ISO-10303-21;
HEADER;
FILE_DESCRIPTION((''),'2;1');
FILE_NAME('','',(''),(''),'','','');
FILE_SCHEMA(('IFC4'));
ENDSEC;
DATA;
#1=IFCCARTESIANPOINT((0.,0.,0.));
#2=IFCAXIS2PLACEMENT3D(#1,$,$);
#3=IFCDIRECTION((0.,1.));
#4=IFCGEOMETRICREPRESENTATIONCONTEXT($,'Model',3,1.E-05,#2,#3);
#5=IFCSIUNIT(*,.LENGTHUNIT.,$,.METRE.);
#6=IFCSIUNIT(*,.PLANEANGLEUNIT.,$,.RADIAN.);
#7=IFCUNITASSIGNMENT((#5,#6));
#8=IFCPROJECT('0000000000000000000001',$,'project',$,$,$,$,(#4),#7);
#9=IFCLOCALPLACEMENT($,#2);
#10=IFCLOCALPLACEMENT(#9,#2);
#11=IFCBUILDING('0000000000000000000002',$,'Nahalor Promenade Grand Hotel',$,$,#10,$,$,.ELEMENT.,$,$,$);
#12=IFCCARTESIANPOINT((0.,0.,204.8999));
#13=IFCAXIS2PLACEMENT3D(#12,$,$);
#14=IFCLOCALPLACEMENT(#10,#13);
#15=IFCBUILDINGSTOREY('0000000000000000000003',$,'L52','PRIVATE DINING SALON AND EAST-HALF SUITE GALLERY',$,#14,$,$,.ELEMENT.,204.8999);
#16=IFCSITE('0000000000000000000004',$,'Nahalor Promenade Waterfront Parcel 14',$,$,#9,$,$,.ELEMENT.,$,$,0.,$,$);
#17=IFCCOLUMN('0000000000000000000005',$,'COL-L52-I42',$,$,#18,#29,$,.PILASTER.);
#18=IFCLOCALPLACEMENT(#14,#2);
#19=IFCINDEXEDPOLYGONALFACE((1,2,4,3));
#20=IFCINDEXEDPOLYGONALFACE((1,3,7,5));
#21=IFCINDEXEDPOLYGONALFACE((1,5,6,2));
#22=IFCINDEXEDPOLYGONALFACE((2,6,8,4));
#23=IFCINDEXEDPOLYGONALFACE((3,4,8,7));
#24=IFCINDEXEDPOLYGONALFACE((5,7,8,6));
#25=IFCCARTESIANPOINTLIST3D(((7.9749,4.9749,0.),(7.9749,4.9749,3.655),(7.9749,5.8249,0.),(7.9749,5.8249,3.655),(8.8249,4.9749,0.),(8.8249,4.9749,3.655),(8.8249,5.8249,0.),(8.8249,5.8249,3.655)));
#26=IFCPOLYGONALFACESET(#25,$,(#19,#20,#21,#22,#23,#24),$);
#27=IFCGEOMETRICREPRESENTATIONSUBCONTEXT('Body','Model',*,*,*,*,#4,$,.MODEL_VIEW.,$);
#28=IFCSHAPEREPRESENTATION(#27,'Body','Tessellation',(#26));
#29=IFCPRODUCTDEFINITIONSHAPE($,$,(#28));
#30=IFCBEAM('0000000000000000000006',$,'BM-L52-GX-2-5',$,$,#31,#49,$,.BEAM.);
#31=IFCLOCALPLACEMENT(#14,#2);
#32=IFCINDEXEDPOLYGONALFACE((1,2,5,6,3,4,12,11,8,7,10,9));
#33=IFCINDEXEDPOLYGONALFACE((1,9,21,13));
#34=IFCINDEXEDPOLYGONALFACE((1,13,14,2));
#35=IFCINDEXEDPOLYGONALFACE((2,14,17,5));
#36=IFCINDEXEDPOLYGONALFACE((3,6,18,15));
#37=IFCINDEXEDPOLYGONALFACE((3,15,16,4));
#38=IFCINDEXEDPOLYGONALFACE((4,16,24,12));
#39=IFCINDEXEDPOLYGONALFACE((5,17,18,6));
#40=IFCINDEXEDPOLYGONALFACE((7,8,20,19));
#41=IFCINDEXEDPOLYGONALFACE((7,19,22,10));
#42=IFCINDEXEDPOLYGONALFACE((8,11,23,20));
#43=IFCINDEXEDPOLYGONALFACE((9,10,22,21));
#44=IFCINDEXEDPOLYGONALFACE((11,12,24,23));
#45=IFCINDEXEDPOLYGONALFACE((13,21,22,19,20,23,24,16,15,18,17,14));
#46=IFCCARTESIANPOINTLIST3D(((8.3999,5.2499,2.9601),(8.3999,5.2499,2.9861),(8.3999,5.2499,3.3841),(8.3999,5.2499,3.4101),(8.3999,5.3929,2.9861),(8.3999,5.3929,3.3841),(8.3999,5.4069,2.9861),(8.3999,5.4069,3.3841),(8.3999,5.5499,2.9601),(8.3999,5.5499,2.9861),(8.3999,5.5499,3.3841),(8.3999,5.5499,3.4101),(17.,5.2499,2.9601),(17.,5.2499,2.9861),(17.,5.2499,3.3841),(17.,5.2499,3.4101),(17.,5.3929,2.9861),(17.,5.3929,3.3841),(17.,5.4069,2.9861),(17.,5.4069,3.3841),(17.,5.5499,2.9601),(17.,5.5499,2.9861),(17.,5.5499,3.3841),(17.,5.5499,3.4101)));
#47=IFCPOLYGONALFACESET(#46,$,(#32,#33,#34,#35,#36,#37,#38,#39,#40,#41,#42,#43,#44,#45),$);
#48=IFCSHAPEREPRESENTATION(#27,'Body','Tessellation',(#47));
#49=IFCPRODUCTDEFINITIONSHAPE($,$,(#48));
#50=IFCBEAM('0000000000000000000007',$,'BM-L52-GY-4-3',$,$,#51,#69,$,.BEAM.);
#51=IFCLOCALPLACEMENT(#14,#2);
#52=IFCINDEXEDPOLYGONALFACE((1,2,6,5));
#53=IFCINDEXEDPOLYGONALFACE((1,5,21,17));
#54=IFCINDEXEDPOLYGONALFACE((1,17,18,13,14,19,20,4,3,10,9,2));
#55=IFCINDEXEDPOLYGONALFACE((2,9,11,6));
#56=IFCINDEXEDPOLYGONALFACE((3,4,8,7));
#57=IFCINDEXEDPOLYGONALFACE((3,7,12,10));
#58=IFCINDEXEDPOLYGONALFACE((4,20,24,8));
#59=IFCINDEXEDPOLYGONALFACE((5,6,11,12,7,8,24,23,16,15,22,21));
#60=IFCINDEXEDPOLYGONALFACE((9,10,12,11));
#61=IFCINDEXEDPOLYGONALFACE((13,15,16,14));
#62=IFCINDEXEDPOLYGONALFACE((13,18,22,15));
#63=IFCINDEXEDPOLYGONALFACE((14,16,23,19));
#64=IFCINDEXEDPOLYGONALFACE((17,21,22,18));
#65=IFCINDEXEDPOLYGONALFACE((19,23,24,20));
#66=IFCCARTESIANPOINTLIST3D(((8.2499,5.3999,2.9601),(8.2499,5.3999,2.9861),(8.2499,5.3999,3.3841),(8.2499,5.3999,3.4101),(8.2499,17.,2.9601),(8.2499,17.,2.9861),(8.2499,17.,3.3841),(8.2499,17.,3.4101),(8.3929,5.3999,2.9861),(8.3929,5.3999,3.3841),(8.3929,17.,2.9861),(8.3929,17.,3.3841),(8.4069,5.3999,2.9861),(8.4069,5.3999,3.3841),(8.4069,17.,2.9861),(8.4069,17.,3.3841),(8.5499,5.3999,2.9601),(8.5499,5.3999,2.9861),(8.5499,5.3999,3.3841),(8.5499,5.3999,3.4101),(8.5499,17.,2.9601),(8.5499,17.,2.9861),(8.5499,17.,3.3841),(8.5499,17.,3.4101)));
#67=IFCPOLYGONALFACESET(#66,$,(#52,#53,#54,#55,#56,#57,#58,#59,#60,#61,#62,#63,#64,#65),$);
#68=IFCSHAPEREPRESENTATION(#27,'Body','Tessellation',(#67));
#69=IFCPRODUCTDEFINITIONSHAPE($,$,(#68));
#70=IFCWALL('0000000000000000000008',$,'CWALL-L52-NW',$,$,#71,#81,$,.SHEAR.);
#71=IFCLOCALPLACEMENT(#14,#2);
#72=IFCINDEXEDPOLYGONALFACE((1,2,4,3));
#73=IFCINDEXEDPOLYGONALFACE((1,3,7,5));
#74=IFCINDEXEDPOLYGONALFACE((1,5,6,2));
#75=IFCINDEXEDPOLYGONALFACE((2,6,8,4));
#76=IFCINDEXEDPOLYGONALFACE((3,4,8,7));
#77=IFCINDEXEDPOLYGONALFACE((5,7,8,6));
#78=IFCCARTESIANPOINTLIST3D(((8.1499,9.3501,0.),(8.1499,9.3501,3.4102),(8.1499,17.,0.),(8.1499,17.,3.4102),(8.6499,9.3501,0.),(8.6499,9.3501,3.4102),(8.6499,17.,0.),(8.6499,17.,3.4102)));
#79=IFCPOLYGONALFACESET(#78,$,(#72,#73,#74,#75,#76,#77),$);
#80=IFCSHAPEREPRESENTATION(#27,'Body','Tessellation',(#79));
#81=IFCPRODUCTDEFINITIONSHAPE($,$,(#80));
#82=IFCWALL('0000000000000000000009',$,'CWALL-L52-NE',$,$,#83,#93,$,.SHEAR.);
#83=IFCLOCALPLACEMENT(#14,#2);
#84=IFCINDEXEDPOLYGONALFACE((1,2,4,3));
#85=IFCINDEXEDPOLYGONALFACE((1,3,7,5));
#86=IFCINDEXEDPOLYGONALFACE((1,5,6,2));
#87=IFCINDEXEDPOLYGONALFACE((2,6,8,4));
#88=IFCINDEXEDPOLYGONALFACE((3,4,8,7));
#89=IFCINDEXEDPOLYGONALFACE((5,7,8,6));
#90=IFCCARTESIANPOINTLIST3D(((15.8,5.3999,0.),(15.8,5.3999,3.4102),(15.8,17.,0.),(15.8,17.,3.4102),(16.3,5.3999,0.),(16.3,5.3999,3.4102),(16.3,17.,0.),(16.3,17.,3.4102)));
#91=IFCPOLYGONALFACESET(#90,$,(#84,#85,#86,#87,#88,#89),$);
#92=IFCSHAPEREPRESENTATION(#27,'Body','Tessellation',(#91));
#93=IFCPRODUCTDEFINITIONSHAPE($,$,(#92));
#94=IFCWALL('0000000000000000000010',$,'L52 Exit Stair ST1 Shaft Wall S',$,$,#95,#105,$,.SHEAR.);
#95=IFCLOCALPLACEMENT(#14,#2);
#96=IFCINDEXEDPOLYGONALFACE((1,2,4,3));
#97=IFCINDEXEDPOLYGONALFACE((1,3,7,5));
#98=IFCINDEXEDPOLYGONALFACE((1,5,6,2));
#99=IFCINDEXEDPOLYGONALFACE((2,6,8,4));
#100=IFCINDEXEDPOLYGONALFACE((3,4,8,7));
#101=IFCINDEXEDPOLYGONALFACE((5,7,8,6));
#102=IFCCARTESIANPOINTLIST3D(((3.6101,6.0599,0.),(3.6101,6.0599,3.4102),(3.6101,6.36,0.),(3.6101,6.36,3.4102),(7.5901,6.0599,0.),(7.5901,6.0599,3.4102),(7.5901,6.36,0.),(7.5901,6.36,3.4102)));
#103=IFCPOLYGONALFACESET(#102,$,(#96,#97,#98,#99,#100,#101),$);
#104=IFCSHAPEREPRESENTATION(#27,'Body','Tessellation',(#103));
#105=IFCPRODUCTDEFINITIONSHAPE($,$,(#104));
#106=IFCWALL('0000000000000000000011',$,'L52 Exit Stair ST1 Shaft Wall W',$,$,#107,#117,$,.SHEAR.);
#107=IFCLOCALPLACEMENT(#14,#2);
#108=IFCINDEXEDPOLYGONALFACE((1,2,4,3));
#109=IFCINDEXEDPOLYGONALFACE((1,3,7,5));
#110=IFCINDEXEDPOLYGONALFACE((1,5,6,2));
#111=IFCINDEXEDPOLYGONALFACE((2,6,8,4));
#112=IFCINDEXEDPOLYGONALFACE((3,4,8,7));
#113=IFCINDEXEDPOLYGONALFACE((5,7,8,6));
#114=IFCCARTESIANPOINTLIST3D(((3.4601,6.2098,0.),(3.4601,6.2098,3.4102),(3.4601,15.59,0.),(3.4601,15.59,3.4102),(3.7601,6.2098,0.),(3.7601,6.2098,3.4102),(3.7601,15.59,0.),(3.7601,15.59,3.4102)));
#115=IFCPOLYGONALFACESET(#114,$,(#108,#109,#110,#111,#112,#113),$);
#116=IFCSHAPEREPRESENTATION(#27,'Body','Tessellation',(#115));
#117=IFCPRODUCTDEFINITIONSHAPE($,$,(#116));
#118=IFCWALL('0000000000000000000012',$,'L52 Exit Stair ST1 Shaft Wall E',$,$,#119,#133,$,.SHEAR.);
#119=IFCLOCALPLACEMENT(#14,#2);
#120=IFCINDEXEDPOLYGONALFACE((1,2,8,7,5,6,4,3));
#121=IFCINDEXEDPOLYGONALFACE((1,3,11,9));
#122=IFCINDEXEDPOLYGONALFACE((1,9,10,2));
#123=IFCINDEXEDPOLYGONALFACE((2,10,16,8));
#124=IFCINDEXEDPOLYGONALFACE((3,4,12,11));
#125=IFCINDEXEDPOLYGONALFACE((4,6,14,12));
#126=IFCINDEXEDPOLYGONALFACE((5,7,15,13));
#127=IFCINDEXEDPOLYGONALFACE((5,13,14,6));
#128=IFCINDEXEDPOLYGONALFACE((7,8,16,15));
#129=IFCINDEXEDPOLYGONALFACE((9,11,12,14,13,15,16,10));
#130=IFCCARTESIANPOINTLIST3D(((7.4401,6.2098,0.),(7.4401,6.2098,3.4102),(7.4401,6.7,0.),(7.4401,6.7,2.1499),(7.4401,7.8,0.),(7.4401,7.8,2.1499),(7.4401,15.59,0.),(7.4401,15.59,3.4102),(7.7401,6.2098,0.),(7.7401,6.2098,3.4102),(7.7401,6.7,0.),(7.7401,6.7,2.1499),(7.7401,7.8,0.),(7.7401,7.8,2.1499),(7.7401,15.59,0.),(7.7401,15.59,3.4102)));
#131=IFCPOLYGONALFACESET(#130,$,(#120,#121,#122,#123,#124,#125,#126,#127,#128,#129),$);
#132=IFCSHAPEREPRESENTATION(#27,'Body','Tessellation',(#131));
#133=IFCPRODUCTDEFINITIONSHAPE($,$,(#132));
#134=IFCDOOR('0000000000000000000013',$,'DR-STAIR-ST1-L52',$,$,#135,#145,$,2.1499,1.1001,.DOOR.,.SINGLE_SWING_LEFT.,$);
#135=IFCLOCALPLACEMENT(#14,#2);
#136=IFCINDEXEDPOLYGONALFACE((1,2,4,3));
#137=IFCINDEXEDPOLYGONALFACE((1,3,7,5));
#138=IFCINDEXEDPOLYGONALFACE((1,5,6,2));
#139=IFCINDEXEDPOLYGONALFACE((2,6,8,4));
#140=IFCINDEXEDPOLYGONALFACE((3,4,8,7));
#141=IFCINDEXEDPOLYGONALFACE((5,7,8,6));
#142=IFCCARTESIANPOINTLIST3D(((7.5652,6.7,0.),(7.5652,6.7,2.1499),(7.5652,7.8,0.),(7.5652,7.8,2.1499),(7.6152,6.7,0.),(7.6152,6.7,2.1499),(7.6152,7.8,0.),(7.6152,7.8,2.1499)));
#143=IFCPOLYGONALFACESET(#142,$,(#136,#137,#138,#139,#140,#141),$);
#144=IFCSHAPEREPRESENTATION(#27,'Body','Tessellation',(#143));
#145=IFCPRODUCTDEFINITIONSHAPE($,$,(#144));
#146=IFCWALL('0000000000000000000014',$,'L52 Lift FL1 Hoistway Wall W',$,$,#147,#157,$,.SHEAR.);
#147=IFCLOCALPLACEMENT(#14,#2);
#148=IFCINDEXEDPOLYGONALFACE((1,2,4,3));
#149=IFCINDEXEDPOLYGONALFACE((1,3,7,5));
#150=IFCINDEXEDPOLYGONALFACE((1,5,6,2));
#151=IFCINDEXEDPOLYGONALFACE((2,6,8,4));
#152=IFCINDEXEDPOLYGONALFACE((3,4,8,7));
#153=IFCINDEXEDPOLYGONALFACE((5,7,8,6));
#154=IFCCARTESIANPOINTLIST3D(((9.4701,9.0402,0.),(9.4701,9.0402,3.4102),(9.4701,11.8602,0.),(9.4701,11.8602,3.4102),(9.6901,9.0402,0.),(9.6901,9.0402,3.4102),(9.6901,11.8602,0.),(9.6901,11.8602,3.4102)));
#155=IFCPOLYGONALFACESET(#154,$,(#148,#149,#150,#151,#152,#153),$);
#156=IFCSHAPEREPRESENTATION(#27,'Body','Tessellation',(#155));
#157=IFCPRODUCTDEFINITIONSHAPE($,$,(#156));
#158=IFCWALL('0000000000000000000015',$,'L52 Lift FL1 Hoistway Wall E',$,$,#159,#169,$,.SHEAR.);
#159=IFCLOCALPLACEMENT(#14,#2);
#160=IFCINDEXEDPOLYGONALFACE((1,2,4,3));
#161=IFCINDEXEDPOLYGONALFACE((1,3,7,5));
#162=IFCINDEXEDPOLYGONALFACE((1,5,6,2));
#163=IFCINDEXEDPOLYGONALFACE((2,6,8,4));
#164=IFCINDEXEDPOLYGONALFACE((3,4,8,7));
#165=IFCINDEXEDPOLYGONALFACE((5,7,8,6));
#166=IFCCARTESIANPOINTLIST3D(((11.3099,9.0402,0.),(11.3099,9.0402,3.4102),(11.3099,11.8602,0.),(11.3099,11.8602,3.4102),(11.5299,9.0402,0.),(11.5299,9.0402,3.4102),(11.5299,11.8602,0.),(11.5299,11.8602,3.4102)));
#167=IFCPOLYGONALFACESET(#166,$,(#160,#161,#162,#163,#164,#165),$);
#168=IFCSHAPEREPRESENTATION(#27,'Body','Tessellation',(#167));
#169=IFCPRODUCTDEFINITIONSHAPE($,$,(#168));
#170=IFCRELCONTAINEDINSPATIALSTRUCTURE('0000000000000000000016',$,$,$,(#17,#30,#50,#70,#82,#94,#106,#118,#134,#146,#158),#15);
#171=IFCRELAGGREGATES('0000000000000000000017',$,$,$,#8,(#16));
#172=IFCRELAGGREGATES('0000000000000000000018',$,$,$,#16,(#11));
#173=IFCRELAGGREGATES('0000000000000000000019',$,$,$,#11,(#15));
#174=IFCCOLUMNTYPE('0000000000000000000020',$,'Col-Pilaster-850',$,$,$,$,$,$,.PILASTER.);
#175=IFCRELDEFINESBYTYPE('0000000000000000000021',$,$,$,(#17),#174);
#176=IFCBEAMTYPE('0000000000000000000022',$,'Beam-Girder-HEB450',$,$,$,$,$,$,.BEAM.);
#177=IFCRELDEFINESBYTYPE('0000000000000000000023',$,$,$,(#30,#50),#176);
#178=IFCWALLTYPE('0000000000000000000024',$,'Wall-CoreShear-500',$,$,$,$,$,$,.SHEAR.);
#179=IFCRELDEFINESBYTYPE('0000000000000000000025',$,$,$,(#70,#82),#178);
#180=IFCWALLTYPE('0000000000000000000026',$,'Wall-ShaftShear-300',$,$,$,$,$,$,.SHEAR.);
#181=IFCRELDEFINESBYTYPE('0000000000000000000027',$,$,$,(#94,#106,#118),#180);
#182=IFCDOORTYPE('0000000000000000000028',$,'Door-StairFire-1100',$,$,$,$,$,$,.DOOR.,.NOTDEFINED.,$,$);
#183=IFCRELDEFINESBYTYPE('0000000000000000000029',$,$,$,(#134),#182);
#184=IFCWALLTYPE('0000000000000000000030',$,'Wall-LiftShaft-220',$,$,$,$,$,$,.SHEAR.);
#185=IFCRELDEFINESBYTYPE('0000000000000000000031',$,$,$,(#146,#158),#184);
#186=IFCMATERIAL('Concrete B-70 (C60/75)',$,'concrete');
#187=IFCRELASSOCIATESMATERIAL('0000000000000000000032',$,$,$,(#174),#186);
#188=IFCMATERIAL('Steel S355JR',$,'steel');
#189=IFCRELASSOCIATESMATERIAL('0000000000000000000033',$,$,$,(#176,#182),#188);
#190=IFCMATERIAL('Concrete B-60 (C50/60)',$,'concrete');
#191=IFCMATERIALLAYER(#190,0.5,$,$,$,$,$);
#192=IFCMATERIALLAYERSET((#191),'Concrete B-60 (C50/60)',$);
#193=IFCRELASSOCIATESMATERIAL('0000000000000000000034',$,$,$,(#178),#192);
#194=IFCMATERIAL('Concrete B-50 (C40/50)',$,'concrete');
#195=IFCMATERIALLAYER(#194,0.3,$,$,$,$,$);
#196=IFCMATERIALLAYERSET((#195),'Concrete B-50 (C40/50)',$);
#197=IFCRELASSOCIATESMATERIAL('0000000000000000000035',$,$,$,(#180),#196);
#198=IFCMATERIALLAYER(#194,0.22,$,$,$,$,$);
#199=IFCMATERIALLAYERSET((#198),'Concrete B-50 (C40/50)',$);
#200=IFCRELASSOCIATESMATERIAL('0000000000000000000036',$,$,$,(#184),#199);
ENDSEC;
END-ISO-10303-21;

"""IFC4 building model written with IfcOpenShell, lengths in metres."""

from ifc_helpers import new_model, si_unit, direction, frame, frame_2d, origin, origin_2d, place, context, subcontext, project, spatial, rectangle, i_section, extrude, source, transform, mapped, material, layer, layer_set, material_profile, profile_set, type_object, element, fill, save


model = new_model("IFC4")

# Units and contexts
model_context = context("Model", 3, precision=1e-05, world=origin(), true_north=direction((0.0, 1.0)))
body_context = subcontext(model_context, "Body", "Model", "MODEL_VIEW")
ifc_project = project(units=[si_unit("LENGTHUNIT", "METRE"), si_unit("PLANEANGLEUNIT", "RADIAN")], contexts=[model_context])

# Site, building, storey
site_placement = place(None, origin())
site = spatial("IfcSite", under=ifc_project, at=site_placement, Name="Nahalor Promenade Waterfront Parcel 14", CompositionType="ELEMENT", RefElevation=0.0)
building_placement = place(site_placement, origin())
building = spatial("IfcBuilding", under=site, at=building_placement, Name="Nahalor Promenade Grand Hotel", CompositionType="ELEMENT")
storey_placement = place(building_placement, frame((0.0, 0.0, 204.8999)))
storey = spatial("IfcBuildingStorey", under=building, at=storey_placement, Name="L52", Description="PRIVATE DINING SALON AND EAST-HALF SUITE GALLERY", CompositionType="ELEMENT", Elevation=204.8999)

# Column
ifc_material_1 = material(Name="Concrete B-70 (C60/75)", Category="concrete")
ifc_material_profile_1 = material_profile(ifc_material_1, rectangle(XDim=0.85, YDim=0.85, at=origin_2d()), Name="RC 850x850")
ifc_profile_set_1 = profile_set([ifc_material_profile_1], Name="Concrete B-70 (C60/75)")
column_type = type_object("IfcColumnType", Name="Col-Pilaster-850", PredefinedType="PILASTER", material=ifc_profile_set_1)
shared_shape_1 = source(origin(), body_context, "Body", "SweptSolid", [
    extrude(rectangle(XDim=0.85, YDim=0.85, at=origin_2d()), origin(), (0.0, 0.0, 1.0), 3.655),
])
column_placement = place(storey_placement, frame((8.3999, 5.3999, 0.0), z_axis=(0.0, 0.0, 1.0), x_axis=(1.0, 0.0, 0.0)))
element("IfcColumn", 1, at=column_placement, inside=storey, type_object=column_type, Name="COL-L52-I42", PredefinedType="PILASTER", context=body_context, shape_type="MappedRepresentation", body=[
    mapped(shared_shape_1, transform((0.0, 0.0, 0.0), scale=1.0)),
])

# Beams
ifc_material_2 = material(Name="Steel S355JR", Category="steel")
ifc_material_profile_2 = material_profile(ifc_material_2, i_section(OverallWidth=0.3, OverallDepth=0.45, WebThickness=0.014, FlangeThickness=0.026, at=origin_2d()), Name="HEB 450")
ifc_profile_set_2 = profile_set([ifc_material_profile_2], Name="Steel S355JR")
beam_type = type_object("IfcBeamType", Name="Beam-Girder-HEB450", PredefinedType="BEAM", material=ifc_profile_set_2)
shared_shape_2 = source(origin(), body_context, "Body", "SweptSolid", [
    extrude(i_section(OverallWidth=0.3, OverallDepth=0.45, WebThickness=0.014, FlangeThickness=0.026, at=origin_2d()), origin(), (0.0, 0.0, 1.0), 8.6001),
])
beam_1_placement = place(storey_placement, frame((8.3999, 5.3999, 3.1851), z_axis=(1.0, 0.0, 0.0), x_axis=(0.0, 1.0, 0.0)))
element("IfcBeam", 2, at=beam_1_placement, inside=storey, type_object=beam_type, Name="BM-L52-GX-2-5", PredefinedType="BEAM", context=body_context, shape_type="MappedRepresentation", body=[
    mapped(shared_shape_2, transform((0.0, 0.0, 0.0), scale=1.0)),
])
shared_shape_3 = source(origin(), body_context, "Body", "SweptSolid", [
    extrude(i_section(OverallWidth=0.3, OverallDepth=0.45, WebThickness=0.014, FlangeThickness=0.026, at=origin_2d()), origin(), (0.0, 0.0, 1.0), 11.6001),
])
beam_2_placement = place(storey_placement, frame((8.3999, 5.3999, 3.1851), z_axis=(0.0, 1.0, 0.0), x_axis=(-1.0, 0.0, 0.0)))
element("IfcBeam", 3, at=beam_2_placement, inside=storey, type_object=beam_type, Name="BM-L52-GY-4-3", PredefinedType="BEAM", context=body_context, shape_type="MappedRepresentation", body=[
    mapped(shared_shape_3, transform((0.0, 0.0, 0.0), scale=1.0)),
])

# Walls
ifc_material_3 = material(Name="Concrete B-60 (C50/60)", Category="concrete")
ifc_layer_1 = layer(ifc_material_3, 0.5)
ifc_layer_set_1 = layer_set([ifc_layer_1], Name="Concrete B-60 (C50/60)")
wall_type_1 = type_object("IfcWallType", Name="Wall-CoreShear-500", PredefinedType="SHEAR", material=ifc_layer_set_1)
shared_shape_4 = source(origin(), body_context, "Body", "SweptSolid", [
    extrude(rectangle(XDim=7.6499, YDim=0.5, at=frame_2d((3.825, 0.0))), origin(), (0.0, 0.0, 1.0), 3.4102),
])
wall_1_placement = place(storey_placement, frame((8.3999, 9.3501, 0.0), z_axis=(0.0, 0.0, 1.0), x_axis=(0.0, 1.0, 0.0)))
element("IfcWall", 4, at=wall_1_placement, inside=storey, type_object=wall_type_1, Name="CWALL-L52-NW", PredefinedType="SHEAR", context=body_context, shape_type="MappedRepresentation", body=[
    mapped(shared_shape_4, transform((0.0, 0.0, 0.0), scale=1.0)),
])
shared_shape_5 = source(origin(), body_context, "Body", "SweptSolid", [
    extrude(rectangle(XDim=11.6001, YDim=0.5, at=frame_2d((5.8, 0.0))), origin(), (0.0, 0.0, 1.0), 3.4102),
])
wall_2_placement = place(storey_placement, frame((16.05, 5.3999, 0.0), z_axis=(0.0, 0.0, 1.0), x_axis=(0.0, 1.0, 0.0)))
element("IfcWall", 5, at=wall_2_placement, inside=storey, type_object=wall_type_1, Name="CWALL-L52-NE", PredefinedType="SHEAR", context=body_context, shape_type="MappedRepresentation", body=[
    mapped(shared_shape_5, transform((0.0, 0.0, 0.0), scale=1.0)),
])
ifc_material_4 = material(Name="Concrete B-50 (C40/50)", Category="concrete")
ifc_layer_2 = layer(ifc_material_4, 0.3)
ifc_layer_set_2 = layer_set([ifc_layer_2], Name="Concrete B-50 (C40/50)")
wall_type_2 = type_object("IfcWallType", Name="Wall-ShaftShear-300", PredefinedType="SHEAR", material=ifc_layer_set_2)
shared_shape_6 = source(origin(), body_context, "Body", "SweptSolid", [
    extrude(rectangle(XDim=3.98, YDim=0.3, at=frame_2d((1.99, 0.0))), origin(), (0.0, 0.0, 1.0), 3.4102),
])
wall_3_placement = place(storey_placement, frame((3.6101, 6.21, 0.0), z_axis=(0.0, 0.0, 1.0), x_axis=(1.0, 0.0, 0.0)))
element("IfcWall", 6, at=wall_3_placement, inside=storey, type_object=wall_type_2, Name="L52 Exit Stair ST1 Shaft Wall S", PredefinedType="SHEAR", context=body_context, shape_type="MappedRepresentation", body=[
    mapped(shared_shape_6, transform((0.0, 0.0, 0.0), scale=1.0)),
])
shared_shape_7 = source(origin(), body_context, "Body", "SweptSolid", [
    extrude(rectangle(XDim=9.3801, YDim=0.3, at=frame_2d((4.6899, 0.0))), origin(), (0.0, 0.0, 1.0), 3.4102),
])
wall_4_placement = place(storey_placement, frame((3.6101, 6.21, 0.0), z_axis=(0.0, 0.0, 1.0), x_axis=(0.0, 1.0, 0.0)))
element("IfcWall", 7, at=wall_4_placement, inside=storey, type_object=wall_type_2, Name="L52 Exit Stair ST1 Shaft Wall W", PredefinedType="SHEAR", context=body_context, shape_type="MappedRepresentation", body=[
    mapped(shared_shape_7, transform((0.0, 0.0, 0.0), scale=1.0)),
])

# Wall, opening, door
wall_5_placement = place(storey_placement, frame((7.5901, 6.21, 0.0), z_axis=(0.0, 0.0, 1.0), x_axis=(0.0, 1.0, 0.0)))
wall_5 = element("IfcWall", 8, at=wall_5_placement, inside=storey, type_object=wall_type_2, Name="L52 Exit Stair ST1 Shaft Wall E", PredefinedType="SHEAR", context=body_context, shape_type="MappedRepresentation", body=[
    mapped(shared_shape_7, transform((0.0, 0.0, 0.0), scale=1.0)),
])
opening_1_placement = place(wall_5_placement, frame((0.49, 0.0, 0.0)))
opening_1 = element("IfcOpeningElement", 9, at=opening_1_placement, cuts=wall_5, PredefinedType="OPENING", context=body_context, shape_type="SweptSolid", body=[
    extrude(rectangle(XDim=1.1001, YDim=2.1499, at=frame_2d((0.55, 1.075))), frame((0.0, 0.1599, 0.0), z_axis=(0.0, -1.0, 0.0), x_axis=(1.0, 0.0, 0.0)), (0.0, 0.0, 1.0), 0.3201),
])
door_type_1 = type_object("IfcDoorType", Name="Door-StairFire-1100", OperationType="NOTDEFINED", PredefinedType="DOOR", material=ifc_material_2)
shared_shape_8 = source(origin(), body_context, "Body", "SweptSolid", [
    extrude(rectangle(XDim=1.1001, YDim=2.1499, at=frame_2d((0.55, 1.075))), frame((0.0, 0.0249, 0.0), z_axis=(0.0, -1.0, 0.0), x_axis=(1.0, 0.0, 0.0)), (0.0, 0.0, 1.0), 0.05),
])
door_1_placement = place(opening_1_placement, origin())
door_1 = element("IfcDoor", 10, at=door_1_placement, inside=storey, type_object=door_type_1, Name="DR-STAIR-ST1-L52", OperationType="SINGLE_SWING_LEFT", OverallHeight=2.1499, OverallWidth=1.1001, PredefinedType="DOOR", context=body_context, shape_type="MappedRepresentation", body=[
    mapped(shared_shape_8, transform((0.0, 0.0, 0.0), scale=1.0)),
])
fill(opening_1, door_1)

# Walls
ifc_layer_3 = layer(ifc_material_4, 0.22)
ifc_layer_set_3 = layer_set([ifc_layer_3], Name="Concrete B-50 (C40/50)")
wall_type_3 = type_object("IfcWallType", Name="Wall-LiftShaft-220", PredefinedType="SHEAR", material=ifc_layer_set_3)
shared_shape_9 = source(origin(), body_context, "Body", "SweptSolid", [
    extrude(rectangle(XDim=2.8201, YDim=0.22, at=frame_2d((1.4102, 0.0))), origin(), (0.0, 0.0, 1.0), 3.4102),
])
for number, where, z_axis, x_axis, name in (
    (11, (9.5801, 9.04, 0.0), (0.0, 0.0, 1.0), (0.0, 1.0, 0.0), "L52 Lift FL1 Hoistway Wall W"),
    (12, (11.4199, 9.04, 0.0), (0.0, 0.0, 1.0), (0.0, 1.0, 0.0), "L52 Lift FL1 Hoistway Wall E"),
):
    element("IfcWall", number, at=place(storey_placement, frame(where, z_axis=z_axis, x_axis=x_axis)), inside=storey, type_object=wall_type_3, Name=name, PredefinedType="SHEAR", context=body_context, shape_type="MappedRepresentation", body=[
        mapped(shared_shape_9, transform((0.0, 0.0, 0.0), scale=1.0)),
    ])

save(model, "model.ifc")
